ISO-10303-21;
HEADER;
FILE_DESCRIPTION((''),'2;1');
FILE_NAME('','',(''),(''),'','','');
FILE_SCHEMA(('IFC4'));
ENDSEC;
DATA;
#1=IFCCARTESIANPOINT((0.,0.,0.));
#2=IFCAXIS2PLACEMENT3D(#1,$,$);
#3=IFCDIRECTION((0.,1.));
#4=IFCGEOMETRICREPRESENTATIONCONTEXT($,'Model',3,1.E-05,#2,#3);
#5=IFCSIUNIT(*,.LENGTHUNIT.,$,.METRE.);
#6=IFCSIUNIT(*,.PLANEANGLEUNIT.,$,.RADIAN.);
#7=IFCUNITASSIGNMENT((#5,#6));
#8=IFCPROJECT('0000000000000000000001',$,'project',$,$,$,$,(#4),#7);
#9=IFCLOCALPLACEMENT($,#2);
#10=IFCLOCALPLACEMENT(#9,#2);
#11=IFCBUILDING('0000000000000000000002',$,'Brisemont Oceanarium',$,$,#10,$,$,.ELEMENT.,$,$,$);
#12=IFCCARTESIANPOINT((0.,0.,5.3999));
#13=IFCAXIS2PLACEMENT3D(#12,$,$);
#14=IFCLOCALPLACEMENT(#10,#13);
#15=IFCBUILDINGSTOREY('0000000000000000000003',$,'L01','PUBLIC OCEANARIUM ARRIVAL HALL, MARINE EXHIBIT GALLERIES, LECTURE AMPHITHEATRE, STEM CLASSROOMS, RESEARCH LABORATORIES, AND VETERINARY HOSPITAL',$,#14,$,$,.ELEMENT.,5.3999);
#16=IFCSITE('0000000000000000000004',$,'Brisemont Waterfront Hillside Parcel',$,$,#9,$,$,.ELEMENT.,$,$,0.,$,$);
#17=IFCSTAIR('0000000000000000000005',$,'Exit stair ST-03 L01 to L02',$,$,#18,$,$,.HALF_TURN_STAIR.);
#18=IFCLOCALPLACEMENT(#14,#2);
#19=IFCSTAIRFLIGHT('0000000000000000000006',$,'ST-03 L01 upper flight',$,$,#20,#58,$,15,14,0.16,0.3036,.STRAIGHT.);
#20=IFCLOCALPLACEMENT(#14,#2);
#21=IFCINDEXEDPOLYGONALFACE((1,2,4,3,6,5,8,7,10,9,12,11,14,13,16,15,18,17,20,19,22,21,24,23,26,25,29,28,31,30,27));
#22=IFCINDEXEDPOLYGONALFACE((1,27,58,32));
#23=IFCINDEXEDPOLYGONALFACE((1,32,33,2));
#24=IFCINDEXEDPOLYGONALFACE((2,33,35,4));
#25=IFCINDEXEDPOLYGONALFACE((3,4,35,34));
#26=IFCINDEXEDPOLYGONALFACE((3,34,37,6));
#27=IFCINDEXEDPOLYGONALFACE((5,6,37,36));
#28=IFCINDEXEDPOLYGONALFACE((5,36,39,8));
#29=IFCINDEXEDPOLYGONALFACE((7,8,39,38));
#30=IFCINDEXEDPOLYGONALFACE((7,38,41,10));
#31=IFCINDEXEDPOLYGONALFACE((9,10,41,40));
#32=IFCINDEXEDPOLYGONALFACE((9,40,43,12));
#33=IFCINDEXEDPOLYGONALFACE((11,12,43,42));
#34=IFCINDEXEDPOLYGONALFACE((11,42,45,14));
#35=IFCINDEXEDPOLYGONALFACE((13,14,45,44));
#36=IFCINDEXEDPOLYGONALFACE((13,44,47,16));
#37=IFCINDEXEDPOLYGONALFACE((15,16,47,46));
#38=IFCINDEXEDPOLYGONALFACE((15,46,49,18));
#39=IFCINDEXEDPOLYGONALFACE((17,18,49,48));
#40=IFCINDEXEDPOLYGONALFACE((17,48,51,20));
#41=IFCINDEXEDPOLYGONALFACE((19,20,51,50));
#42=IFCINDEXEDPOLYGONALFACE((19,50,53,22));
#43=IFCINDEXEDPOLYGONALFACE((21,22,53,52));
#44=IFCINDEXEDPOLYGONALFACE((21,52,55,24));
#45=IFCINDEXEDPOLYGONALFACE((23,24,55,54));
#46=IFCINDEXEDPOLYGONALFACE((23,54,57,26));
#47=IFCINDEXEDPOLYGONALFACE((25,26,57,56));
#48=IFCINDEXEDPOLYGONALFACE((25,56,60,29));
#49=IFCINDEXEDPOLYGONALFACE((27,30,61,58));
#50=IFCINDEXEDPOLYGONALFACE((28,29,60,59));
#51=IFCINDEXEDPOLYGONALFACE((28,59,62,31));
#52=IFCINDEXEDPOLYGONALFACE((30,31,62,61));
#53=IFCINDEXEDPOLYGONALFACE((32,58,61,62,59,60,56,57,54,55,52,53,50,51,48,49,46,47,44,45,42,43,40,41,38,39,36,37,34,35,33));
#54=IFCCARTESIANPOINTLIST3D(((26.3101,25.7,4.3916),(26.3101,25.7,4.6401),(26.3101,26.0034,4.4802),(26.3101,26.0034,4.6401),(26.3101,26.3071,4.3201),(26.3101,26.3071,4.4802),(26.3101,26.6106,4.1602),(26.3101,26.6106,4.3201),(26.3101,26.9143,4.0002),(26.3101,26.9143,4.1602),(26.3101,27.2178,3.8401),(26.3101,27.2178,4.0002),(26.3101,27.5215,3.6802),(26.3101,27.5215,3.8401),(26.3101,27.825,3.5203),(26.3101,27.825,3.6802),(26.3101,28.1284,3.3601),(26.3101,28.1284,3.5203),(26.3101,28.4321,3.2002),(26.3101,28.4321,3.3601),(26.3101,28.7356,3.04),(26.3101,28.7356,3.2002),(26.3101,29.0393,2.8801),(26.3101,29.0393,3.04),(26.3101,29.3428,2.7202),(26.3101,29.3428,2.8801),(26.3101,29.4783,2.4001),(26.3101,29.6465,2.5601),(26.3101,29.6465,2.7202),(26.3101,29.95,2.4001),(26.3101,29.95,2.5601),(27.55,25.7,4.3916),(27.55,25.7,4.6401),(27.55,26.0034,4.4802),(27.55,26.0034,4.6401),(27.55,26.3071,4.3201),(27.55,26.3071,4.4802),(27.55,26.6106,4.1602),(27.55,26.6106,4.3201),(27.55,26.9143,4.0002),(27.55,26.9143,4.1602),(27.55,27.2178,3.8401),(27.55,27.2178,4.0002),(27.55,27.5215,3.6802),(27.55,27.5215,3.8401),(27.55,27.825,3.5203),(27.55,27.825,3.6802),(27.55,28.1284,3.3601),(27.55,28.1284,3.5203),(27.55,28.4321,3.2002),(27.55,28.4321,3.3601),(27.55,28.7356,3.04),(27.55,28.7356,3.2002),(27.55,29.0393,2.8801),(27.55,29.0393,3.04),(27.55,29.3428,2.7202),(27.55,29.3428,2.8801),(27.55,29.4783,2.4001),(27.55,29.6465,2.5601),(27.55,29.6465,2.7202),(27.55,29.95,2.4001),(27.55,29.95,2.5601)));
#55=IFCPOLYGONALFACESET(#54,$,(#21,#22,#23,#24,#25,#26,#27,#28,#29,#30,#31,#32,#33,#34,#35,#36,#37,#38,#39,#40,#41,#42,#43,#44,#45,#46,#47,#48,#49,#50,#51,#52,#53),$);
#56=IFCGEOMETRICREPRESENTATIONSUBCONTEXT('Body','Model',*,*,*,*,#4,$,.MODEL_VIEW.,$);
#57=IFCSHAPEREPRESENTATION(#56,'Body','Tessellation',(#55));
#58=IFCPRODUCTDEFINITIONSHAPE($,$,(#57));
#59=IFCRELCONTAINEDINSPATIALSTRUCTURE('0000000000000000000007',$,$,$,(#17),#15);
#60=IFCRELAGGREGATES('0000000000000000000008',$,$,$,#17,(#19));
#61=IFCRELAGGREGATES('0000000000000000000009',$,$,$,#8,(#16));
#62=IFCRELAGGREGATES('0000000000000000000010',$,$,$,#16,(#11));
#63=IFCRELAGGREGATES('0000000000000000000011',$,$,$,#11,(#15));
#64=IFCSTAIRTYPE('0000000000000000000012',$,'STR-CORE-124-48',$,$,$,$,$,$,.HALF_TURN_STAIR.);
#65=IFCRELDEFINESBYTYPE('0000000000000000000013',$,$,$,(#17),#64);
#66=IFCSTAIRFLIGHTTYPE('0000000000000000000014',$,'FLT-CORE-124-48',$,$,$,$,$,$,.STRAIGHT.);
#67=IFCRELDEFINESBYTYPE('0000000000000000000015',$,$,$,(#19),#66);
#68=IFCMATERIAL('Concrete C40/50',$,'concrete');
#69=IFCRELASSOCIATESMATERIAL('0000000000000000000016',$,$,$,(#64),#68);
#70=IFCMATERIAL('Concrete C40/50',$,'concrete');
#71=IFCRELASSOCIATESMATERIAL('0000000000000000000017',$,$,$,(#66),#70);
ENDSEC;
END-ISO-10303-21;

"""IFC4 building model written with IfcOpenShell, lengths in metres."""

from ifc_helpers import new_model, si_unit, direction, frame, origin, place, context, subcontext, project, spatial, polyline, outline, extrude, material, type_object, element, aggregate, save


model = new_model("IFC4")

# Units and contexts
model_context = context("Model", 3, precision=1e-05, world=origin(), true_north=direction((0.0, 1.0)))
body_context = subcontext(model_context, "Body", "Model", "MODEL_VIEW")
ifc_project = project(units=[si_unit("LENGTHUNIT", "METRE"), si_unit("PLANEANGLEUNIT", "RADIAN")], contexts=[model_context])

# Site, building, storey
site_placement = place(None, origin())
site = spatial("IfcSite", under=ifc_project, at=site_placement, Name="Brisemont Waterfront Hillside Parcel", CompositionType="ELEMENT", RefElevation=0.0)
building_placement = place(site_placement, origin())
building = spatial("IfcBuilding", under=site, at=building_placement, Name="Brisemont Oceanarium", CompositionType="ELEMENT")
storey_placement = place(building_placement, frame((0.0, 0.0, 5.3999)))
storey = spatial("IfcBuildingStorey", under=building, at=storey_placement, Name="L01", Description="PUBLIC OCEANARIUM ARRIVAL HALL, MARINE EXHIBIT GALLERIES, LECTURE AMPHITHEATRE, STEM CLASSROOMS, RESEARCH LABORATORIES, AND VETERINARY HOSPITAL", CompositionType="ELEMENT", Elevation=5.3999)

# Stair, stair flight
ifc_material_1 = material(Name="Concrete C40/50", Category="concrete")
stair_type = type_object("IfcStairType", Name="STR-CORE-124-48", PredefinedType="HALF_TURN_STAIR", material=ifc_material_1)
stair_placement = place(storey_placement, origin())
stair = element("IfcStair", 1, at=stair_placement, inside=storey, type_object=stair_type, Name="Exit stair ST-03 L01 to L02", PredefinedType="HALF_TURN_STAIR")
ifc_material_2 = material(Name="Concrete C40/50", Category="concrete")
stair_flight_type = type_object("IfcStairFlightType", Name="FLT-CORE-124-48", PredefinedType="STRAIGHT", material=ifc_material_2)
stair_flight_placement = place(storey_placement, frame((26.9299, 29.95, 2.4001), z_axis=(0.0, 0.0, 1.0), x_axis=(0.0, -1.0, 0.0)))
stair_flight = element("IfcStairFlight", 2, at=stair_flight_placement, type_object=stair_flight_type, Name="ST-03 L01 upper flight", NumberOfRisers=15, NumberOfTreads=14, PredefinedType="STRAIGHT", RiserHeight=0.16, TreadLength=0.3036, context=body_context, shape_type="SweptSolid", body=[
    extrude(outline(polyline([(0.0, 0.0), (0.0, 0.1599), (0.3035, 0.1599), (0.3035, 0.3201), (0.6072, 0.3201), (0.6072, 0.48), (0.9106, 0.48), (0.9106, 0.6399), (1.2144, 0.6399), (1.2144, 0.8), (1.5178, 0.8), (1.5178, 0.96), (1.8215, 0.96), (1.8215, 1.1201), (2.125, 1.1201), (2.125, 1.28), (2.4285, 1.28), (2.4285, 1.4399), (2.7322, 1.4399), (2.7322, 1.6001), (3.0356, 1.6001), (3.0356, 1.76), (3.3394, 1.76), (3.3394, 1.9199), (3.6428, 1.9199), (3.6428, 2.0801), (3.9465, 2.0801), (3.9465, 2.24), (4.25, 2.24), (4.25, 2.3999), (4.25, 1.9915), (0.4717, 0.0), (0.0, 0.0)])), frame((0.0, 0.6201, 0.0), z_axis=(0.0, -1.0, 0.0), x_axis=(1.0, 0.0, 0.0)), (0.0, 0.0, 1.0), 1.24),
])
aggregate(stair, [stair_flight])

save(model, "model.ifc")
